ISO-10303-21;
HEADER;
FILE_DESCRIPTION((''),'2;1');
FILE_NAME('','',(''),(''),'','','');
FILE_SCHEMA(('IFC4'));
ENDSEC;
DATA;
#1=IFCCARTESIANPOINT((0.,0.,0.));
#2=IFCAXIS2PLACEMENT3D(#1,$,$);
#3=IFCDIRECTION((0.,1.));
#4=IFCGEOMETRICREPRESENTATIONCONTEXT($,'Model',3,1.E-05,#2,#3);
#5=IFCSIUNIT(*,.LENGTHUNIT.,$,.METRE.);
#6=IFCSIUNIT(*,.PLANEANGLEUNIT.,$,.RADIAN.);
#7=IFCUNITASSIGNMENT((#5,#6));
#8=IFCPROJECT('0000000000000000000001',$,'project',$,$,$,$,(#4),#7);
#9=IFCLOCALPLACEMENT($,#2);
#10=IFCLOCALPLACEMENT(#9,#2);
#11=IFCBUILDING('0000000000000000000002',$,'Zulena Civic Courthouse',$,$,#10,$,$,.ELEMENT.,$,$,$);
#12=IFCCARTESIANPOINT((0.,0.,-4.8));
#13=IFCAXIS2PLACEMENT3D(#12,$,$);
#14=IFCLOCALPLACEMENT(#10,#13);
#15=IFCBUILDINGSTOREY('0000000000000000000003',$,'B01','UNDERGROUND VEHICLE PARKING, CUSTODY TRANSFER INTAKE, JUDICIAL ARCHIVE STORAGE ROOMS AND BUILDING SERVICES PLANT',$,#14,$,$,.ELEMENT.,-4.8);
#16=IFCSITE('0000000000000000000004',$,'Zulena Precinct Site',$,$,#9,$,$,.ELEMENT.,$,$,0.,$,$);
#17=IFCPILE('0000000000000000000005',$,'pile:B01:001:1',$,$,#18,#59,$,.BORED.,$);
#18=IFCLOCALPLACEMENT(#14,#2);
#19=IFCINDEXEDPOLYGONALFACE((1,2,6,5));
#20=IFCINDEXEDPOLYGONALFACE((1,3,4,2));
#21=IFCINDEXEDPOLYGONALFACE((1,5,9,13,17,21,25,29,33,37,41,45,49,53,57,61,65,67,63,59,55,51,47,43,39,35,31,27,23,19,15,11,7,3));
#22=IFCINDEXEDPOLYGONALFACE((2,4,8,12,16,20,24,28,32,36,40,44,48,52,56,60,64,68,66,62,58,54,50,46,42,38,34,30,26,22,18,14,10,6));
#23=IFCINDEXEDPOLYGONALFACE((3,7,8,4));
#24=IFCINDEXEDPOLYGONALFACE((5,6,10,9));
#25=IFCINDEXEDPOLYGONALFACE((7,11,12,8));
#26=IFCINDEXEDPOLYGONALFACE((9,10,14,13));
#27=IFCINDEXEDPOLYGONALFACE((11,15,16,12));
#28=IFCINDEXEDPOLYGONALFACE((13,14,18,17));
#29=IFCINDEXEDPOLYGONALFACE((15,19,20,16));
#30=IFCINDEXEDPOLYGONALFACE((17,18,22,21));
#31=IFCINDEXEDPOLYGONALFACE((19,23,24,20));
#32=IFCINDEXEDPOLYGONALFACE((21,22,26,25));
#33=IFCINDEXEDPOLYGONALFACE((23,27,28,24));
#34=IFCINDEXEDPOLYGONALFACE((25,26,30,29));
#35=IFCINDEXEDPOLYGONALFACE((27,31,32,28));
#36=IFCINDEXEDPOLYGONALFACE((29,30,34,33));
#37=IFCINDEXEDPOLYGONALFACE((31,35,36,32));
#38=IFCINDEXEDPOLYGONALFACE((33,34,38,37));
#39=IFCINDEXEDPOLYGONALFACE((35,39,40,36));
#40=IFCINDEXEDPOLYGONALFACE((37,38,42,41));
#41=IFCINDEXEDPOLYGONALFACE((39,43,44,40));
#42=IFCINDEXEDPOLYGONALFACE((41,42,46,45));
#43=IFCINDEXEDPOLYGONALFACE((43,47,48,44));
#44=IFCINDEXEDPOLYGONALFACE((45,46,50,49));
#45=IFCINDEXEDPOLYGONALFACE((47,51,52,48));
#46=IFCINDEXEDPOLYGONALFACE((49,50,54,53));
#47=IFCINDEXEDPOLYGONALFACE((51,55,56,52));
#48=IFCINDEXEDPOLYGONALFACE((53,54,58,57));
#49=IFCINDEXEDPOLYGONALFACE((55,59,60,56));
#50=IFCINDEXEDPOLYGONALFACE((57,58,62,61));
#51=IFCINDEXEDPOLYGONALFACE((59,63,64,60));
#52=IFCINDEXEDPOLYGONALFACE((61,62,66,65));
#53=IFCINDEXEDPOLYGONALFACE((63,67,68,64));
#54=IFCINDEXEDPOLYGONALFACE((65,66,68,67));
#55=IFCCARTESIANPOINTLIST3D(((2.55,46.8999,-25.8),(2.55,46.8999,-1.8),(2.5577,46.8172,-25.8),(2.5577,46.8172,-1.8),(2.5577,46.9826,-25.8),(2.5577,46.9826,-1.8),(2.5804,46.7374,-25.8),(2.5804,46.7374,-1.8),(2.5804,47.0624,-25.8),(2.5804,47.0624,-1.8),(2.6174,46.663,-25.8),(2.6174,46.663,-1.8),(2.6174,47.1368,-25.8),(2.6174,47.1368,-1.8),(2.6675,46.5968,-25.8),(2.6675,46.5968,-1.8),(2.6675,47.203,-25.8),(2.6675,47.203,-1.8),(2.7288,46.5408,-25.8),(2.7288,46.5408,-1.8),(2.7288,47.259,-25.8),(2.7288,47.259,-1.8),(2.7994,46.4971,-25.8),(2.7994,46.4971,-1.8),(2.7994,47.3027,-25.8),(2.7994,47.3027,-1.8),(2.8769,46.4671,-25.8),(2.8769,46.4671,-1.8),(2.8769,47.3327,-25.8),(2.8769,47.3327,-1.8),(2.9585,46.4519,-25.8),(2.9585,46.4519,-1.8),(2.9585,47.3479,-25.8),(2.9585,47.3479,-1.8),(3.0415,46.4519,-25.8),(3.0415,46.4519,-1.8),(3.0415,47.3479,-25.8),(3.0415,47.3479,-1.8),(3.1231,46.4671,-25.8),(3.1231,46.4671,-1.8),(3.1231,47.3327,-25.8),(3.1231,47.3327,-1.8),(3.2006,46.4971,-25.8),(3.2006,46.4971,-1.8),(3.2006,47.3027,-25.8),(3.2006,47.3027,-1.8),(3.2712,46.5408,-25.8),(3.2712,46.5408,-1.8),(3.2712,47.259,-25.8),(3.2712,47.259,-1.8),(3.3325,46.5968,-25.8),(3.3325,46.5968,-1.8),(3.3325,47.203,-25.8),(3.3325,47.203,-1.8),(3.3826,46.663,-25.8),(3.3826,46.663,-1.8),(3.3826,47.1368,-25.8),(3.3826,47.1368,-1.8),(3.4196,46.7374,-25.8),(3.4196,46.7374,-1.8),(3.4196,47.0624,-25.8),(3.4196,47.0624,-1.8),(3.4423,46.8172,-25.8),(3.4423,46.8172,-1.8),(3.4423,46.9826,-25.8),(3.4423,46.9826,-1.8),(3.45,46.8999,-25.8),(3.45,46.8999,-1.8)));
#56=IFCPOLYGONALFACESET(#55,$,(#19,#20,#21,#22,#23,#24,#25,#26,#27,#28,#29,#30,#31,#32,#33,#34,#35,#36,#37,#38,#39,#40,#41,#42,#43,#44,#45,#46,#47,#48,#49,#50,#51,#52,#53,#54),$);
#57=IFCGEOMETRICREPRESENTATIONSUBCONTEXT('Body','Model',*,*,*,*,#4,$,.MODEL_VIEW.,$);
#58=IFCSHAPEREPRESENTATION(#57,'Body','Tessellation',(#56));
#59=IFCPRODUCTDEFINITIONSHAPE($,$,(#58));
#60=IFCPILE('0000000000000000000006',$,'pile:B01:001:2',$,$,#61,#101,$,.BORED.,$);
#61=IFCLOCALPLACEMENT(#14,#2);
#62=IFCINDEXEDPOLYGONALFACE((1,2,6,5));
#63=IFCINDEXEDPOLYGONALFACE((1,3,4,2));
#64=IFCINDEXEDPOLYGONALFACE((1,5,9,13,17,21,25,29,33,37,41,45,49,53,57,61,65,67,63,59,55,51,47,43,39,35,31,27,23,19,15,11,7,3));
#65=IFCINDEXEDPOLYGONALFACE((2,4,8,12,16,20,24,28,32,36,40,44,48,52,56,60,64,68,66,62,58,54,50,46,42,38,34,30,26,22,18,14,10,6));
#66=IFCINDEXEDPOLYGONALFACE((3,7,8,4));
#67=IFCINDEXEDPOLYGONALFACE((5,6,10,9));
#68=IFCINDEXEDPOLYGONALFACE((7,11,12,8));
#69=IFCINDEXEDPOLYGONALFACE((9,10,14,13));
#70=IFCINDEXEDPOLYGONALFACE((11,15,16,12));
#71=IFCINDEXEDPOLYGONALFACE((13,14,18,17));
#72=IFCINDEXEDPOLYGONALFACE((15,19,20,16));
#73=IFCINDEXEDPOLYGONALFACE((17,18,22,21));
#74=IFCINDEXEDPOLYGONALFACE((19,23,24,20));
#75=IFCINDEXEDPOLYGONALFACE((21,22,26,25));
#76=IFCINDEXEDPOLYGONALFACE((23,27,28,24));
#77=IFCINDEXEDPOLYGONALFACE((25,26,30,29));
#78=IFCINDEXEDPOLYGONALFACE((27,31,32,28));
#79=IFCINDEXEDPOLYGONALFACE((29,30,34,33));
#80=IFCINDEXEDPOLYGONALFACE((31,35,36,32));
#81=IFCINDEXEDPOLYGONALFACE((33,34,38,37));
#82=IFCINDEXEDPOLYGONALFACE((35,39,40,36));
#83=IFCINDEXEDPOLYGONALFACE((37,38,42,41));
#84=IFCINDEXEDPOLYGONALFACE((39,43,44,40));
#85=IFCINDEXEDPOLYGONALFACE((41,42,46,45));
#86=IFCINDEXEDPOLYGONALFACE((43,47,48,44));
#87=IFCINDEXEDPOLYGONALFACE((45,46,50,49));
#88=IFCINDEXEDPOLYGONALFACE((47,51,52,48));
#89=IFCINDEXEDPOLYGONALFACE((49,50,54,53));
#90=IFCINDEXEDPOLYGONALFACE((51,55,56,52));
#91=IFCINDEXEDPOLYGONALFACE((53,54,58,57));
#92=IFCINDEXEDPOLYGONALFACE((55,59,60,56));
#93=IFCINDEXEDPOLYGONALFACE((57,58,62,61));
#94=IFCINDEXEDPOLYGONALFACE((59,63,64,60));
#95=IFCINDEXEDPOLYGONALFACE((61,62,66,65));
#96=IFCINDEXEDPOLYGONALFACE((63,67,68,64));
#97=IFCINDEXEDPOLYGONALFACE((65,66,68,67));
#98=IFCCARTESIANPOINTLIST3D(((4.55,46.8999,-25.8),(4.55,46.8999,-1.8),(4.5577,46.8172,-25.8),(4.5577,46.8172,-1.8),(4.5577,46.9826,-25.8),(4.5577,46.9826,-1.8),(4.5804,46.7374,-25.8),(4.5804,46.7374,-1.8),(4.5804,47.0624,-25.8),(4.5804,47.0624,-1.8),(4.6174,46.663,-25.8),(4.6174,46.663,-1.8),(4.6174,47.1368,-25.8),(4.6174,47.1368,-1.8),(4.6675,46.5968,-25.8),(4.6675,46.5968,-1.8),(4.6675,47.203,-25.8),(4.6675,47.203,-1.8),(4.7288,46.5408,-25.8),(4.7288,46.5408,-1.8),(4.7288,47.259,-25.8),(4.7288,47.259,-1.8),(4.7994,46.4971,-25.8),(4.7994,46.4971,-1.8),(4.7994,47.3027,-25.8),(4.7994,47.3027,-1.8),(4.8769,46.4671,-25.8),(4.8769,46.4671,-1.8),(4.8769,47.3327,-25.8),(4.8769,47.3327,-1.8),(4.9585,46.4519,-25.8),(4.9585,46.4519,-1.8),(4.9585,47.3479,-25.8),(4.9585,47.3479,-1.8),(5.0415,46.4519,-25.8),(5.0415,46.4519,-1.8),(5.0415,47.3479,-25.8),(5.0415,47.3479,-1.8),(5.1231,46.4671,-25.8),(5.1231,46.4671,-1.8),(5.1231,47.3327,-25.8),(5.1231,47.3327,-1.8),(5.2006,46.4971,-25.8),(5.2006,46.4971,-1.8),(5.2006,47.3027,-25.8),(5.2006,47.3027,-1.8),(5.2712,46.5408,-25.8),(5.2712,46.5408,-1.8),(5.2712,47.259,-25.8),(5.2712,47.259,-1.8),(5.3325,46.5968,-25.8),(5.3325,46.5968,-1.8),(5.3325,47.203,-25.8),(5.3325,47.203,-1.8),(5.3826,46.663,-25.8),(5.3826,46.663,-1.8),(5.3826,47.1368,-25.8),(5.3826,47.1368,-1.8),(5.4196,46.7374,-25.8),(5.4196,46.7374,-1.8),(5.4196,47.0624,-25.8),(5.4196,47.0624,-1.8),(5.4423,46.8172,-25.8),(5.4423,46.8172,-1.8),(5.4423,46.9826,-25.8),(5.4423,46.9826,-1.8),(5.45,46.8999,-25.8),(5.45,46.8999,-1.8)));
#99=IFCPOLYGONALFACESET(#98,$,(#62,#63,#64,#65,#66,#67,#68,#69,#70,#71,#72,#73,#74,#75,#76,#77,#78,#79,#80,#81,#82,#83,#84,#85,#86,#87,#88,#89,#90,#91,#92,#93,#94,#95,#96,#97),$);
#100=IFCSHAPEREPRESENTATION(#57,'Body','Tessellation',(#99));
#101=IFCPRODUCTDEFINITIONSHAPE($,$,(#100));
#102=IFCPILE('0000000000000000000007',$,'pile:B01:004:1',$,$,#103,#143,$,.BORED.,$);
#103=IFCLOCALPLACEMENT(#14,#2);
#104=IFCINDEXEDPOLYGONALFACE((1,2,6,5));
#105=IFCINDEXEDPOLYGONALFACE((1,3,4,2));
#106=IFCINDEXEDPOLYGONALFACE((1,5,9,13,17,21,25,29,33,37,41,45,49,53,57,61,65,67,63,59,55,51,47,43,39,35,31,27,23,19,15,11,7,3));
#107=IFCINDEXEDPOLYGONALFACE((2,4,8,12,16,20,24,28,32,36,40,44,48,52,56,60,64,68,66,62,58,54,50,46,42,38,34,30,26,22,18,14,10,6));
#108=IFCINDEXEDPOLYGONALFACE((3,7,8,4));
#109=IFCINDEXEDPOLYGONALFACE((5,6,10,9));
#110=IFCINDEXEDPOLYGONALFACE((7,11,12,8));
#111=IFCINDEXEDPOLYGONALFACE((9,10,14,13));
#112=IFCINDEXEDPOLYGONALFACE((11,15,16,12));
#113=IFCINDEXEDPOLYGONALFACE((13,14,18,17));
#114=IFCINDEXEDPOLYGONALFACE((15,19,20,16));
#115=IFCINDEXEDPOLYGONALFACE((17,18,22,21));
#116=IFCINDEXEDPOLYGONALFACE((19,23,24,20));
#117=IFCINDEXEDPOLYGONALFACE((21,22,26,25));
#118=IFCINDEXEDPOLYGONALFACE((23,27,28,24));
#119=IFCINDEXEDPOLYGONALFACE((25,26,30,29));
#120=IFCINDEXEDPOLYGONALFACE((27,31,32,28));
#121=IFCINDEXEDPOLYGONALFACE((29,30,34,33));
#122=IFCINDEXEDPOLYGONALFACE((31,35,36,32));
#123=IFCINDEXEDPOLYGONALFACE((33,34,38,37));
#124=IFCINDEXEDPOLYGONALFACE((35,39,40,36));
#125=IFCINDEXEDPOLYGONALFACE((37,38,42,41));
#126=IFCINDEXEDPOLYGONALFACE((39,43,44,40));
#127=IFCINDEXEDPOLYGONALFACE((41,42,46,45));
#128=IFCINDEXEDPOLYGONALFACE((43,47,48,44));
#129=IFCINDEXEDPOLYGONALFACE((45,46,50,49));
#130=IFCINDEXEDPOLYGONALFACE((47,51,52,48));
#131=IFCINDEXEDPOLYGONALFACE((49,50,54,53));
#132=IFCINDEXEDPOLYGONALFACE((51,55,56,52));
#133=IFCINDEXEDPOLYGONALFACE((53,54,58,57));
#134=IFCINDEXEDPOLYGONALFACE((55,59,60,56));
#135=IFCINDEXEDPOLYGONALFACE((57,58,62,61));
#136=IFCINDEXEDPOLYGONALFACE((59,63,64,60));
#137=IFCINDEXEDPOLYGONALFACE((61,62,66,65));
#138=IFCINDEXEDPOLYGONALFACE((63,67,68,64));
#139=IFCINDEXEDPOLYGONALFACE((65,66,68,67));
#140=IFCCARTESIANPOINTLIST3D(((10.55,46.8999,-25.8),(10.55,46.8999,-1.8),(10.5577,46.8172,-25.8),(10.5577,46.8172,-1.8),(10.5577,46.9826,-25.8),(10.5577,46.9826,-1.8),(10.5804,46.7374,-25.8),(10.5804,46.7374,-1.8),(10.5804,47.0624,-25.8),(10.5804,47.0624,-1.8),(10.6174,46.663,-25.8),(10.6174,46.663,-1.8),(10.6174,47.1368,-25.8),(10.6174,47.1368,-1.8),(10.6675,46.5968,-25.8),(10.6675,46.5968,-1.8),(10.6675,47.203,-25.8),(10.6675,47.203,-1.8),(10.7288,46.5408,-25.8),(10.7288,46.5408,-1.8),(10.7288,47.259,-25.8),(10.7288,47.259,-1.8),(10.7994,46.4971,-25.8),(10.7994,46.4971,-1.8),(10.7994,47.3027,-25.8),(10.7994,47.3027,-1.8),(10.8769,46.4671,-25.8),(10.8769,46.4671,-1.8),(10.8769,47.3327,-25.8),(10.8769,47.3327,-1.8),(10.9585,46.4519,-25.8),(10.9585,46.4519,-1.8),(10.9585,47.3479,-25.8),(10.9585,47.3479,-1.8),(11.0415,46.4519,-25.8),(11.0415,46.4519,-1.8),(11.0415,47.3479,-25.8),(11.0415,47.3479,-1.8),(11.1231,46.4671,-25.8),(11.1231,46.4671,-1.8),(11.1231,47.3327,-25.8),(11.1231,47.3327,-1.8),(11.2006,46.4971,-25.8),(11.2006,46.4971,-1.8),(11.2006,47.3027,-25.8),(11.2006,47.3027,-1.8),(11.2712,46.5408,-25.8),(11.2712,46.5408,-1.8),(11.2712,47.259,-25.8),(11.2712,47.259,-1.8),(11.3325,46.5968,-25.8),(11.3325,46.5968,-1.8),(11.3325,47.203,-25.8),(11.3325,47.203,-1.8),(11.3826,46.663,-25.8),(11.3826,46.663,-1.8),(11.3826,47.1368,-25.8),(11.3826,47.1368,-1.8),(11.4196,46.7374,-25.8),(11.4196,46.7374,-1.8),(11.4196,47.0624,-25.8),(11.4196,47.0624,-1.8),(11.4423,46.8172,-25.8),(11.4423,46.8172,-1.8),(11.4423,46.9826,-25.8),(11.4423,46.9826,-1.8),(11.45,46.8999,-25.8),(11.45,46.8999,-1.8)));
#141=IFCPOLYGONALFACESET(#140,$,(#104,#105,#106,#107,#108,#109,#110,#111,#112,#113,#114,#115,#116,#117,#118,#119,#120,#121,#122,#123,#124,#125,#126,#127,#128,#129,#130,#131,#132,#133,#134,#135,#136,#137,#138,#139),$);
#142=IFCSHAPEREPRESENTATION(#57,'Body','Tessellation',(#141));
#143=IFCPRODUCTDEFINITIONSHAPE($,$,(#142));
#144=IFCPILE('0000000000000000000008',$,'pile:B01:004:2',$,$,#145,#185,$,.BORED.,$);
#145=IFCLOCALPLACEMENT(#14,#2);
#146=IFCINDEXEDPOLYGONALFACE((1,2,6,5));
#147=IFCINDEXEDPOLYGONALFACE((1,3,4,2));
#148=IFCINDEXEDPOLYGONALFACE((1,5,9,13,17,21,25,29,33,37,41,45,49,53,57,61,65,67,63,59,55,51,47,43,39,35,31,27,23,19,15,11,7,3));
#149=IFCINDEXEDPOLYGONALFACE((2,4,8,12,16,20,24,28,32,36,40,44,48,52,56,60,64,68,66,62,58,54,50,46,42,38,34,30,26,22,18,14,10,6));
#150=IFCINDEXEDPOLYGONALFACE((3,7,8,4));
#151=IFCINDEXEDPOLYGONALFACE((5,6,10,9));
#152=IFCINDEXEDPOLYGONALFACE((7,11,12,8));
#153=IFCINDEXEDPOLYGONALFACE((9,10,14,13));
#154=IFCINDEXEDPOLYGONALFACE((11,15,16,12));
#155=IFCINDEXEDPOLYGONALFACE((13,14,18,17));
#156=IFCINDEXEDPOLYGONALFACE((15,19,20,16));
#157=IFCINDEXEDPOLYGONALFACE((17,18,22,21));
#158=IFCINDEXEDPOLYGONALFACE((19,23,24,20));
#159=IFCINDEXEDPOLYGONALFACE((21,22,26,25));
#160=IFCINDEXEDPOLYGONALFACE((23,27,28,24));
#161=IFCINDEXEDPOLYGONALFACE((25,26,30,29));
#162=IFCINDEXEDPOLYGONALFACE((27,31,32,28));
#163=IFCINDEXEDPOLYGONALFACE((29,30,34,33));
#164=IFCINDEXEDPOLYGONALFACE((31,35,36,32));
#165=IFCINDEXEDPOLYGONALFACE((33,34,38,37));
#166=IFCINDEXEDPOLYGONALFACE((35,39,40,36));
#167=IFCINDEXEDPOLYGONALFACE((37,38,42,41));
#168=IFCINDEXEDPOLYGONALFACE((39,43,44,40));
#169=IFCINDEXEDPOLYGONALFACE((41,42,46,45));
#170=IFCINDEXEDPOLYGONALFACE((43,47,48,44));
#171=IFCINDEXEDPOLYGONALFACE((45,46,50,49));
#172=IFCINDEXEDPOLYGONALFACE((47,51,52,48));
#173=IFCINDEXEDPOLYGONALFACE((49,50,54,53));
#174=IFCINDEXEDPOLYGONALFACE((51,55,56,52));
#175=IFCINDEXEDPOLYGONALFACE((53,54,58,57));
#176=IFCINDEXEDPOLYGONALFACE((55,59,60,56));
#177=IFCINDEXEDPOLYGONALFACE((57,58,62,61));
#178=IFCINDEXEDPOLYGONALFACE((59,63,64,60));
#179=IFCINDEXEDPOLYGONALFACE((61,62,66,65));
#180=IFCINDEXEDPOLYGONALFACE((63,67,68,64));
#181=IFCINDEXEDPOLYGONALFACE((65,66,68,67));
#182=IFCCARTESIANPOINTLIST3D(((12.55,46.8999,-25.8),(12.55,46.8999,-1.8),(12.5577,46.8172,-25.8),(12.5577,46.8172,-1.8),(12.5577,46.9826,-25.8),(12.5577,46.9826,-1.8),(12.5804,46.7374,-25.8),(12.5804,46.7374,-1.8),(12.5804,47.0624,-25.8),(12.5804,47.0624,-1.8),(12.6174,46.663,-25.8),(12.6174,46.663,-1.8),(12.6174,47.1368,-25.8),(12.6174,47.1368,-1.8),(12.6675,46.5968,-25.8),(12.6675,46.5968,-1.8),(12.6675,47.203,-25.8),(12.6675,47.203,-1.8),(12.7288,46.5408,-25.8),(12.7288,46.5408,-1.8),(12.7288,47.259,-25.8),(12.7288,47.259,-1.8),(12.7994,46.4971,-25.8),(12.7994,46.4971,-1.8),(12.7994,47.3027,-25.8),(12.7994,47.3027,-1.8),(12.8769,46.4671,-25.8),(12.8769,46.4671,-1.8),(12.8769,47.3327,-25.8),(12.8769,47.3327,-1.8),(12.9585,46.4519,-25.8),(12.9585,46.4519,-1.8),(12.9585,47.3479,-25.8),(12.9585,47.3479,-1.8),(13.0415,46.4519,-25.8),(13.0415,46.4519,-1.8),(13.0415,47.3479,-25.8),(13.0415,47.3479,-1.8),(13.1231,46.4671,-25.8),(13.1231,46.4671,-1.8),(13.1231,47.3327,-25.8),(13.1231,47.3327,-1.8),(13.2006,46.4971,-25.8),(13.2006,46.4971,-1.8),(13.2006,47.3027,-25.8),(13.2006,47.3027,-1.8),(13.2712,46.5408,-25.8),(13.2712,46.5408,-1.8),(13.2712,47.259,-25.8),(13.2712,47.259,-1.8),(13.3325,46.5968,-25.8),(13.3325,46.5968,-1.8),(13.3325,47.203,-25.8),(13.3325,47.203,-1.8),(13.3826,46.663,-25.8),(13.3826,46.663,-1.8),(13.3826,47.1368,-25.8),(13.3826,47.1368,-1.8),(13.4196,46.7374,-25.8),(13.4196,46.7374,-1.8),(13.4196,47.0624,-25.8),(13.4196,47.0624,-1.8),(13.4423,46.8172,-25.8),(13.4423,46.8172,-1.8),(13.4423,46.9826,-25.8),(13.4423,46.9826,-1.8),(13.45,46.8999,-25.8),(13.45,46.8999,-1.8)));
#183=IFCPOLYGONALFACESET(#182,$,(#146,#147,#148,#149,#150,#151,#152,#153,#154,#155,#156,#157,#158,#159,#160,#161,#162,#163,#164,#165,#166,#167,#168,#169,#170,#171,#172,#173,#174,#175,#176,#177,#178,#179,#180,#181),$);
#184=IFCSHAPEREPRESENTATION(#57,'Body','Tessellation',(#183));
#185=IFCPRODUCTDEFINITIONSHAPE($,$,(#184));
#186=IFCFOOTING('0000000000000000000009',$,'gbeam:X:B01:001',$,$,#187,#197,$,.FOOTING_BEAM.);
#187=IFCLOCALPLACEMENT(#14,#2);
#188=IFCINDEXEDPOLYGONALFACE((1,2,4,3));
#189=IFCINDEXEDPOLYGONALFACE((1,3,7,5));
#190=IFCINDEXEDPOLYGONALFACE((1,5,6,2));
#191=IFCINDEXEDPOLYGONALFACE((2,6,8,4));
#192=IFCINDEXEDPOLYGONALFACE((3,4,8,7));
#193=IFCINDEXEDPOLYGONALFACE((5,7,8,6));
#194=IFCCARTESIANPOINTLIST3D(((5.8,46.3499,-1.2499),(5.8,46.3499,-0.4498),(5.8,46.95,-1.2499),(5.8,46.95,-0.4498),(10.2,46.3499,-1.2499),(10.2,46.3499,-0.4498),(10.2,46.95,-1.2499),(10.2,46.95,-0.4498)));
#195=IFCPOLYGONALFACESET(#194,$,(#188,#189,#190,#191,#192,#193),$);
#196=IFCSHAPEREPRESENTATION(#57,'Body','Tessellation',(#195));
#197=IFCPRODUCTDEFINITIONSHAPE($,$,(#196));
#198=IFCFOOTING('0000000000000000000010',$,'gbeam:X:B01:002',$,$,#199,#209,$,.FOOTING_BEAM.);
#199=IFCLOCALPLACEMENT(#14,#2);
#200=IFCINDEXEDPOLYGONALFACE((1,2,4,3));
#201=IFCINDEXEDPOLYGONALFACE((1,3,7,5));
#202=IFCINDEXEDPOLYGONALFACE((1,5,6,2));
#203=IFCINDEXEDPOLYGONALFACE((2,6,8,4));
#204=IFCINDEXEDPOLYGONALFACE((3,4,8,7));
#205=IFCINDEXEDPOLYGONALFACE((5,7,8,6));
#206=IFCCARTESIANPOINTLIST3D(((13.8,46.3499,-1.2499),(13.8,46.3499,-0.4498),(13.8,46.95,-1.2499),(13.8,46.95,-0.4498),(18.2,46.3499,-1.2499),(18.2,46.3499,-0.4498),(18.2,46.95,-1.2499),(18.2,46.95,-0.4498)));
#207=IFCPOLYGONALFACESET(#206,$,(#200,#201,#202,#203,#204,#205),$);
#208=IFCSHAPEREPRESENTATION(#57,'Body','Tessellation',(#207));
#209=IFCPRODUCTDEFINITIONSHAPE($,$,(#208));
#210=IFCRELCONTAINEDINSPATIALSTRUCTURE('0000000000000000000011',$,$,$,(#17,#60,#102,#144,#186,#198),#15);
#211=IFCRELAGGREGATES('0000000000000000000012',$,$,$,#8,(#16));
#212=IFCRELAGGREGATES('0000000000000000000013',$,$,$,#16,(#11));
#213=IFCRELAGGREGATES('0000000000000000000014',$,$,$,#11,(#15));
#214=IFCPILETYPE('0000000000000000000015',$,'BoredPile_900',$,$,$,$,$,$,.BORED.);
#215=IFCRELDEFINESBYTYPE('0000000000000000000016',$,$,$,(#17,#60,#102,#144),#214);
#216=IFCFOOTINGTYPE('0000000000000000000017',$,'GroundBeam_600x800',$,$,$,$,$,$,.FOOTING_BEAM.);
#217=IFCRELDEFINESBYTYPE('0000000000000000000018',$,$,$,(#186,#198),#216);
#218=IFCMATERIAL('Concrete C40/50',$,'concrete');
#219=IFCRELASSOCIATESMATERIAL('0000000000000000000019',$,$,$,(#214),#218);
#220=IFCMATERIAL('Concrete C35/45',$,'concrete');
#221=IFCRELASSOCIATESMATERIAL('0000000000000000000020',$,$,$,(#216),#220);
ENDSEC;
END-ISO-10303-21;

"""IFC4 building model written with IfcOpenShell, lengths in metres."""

from ifc_helpers import new_model, si_unit, direction, frame, origin, origin_2d, place, context, subcontext, project, spatial, rectangle, circle, extrude, material, material_profile, profile_set, type_object, element, save


model = new_model("IFC4")

# Units and contexts
model_context = context("Model", 3, precision=1e-05, world=origin(), true_north=direction((0.0, 1.0)))
body_context = subcontext(model_context, "Body", "Model", "MODEL_VIEW")
ifc_project = project(units=[si_unit("LENGTHUNIT", "METRE"), si_unit("PLANEANGLEUNIT", "RADIAN")], contexts=[model_context])

# Site, building, storey
site_placement = place(None, origin())
site = spatial("IfcSite", under=ifc_project, at=site_placement, Name="Zulena Precinct Site", CompositionType="ELEMENT", RefElevation=0.0)
building_placement = place(site_placement, origin())
building = spatial("IfcBuilding", under=site, at=building_placement, Name="Zulena Civic Courthouse", CompositionType="ELEMENT")
storey_placement = place(building_placement, frame((0.0, 0.0, -4.8)))
storey = spatial("IfcBuildingStorey", under=building, at=storey_placement, Name="B01", Description="UNDERGROUND VEHICLE PARKING, CUSTODY TRANSFER INTAKE, JUDICIAL ARCHIVE STORAGE ROOMS AND BUILDING SERVICES PLANT", CompositionType="ELEMENT", Elevation=-4.8)

# Piles
ifc_material_1 = material(Name="Concrete C40/50", Category="concrete")
ifc_material_profile_1 = material_profile(ifc_material_1, circle(Radius=0.45, at=origin_2d()), Name="PILE900")
ifc_profile_set_1 = profile_set([ifc_material_profile_1], Name="Concrete C40/50")
pile_type = type_object("IfcPileType", Name="BoredPile_900", PredefinedType="BORED", material=ifc_profile_set_1)
for number, where, z_axis, x_axis, name in (
    (1, (3.0, 46.8999, -1.8), (0.0, 0.0, -1.0), (1.0, 0.0, 0.0), "pile:B01:001:1"),
    (2, (5.0, 46.8999, -1.8), (0.0, 0.0, -1.0), (1.0, 0.0, 0.0), "pile:B01:001:2"),
    (3, (11.0, 46.8999, -1.8), (0.0, 0.0, -1.0), (1.0, 0.0, 0.0), "pile:B01:004:1"),
    (4, (13.0, 46.8999, -1.8), (0.0, 0.0, -1.0), (1.0, 0.0, 0.0), "pile:B01:004:2"),
):
    element("IfcPile", number, at=place(storey_placement, frame(where, z_axis=z_axis, x_axis=x_axis)), inside=storey, type_object=pile_type, Name=name, PredefinedType="BORED", context=body_context, shape_type="SweptSolid", body=[
        extrude(circle(Radius=0.45, at=origin_2d()), origin(), (0.0, 0.0, 1.0), 24.0),
    ])

# Footings
ifc_material_2 = material(Name="Concrete C35/45", Category="concrete")
ifc_material_profile_2 = material_profile(ifc_material_2, rectangle(XDim=0.6001, YDim=0.8, at=origin_2d()), Name="RC600X800")
ifc_profile_set_2 = profile_set([ifc_material_profile_2], Name="Concrete C35/45")
footing_type_1 = type_object("IfcFootingType", Name="GroundBeam_600x800", PredefinedType="FOOTING_BEAM", material=ifc_profile_set_2)
for number, where, z_axis, x_axis, name in (
    (5, (5.8, 46.6499, -0.8499), (1.0, 0.0, 0.0), (0.0, 1.0, 0.0), "gbeam:X:B01:001"),
    (6, (13.8, 46.6499, -0.8499), (1.0, 0.0, 0.0), (0.0, 1.0, 0.0), "gbeam:X:B01:002"),
):
    element("IfcFooting", number, at=place(storey_placement, frame(where, z_axis=z_axis, x_axis=x_axis)), inside=storey, type_object=footing_type_1, Name=name, PredefinedType="FOOTING_BEAM", context=body_context, shape_type="SweptSolid", body=[
        extrude(rectangle(XDim=0.6001, YDim=0.8, at=origin_2d()), origin(), (0.0, 0.0, 1.0), 4.3999),
    ])

save(model, "model.ifc")
